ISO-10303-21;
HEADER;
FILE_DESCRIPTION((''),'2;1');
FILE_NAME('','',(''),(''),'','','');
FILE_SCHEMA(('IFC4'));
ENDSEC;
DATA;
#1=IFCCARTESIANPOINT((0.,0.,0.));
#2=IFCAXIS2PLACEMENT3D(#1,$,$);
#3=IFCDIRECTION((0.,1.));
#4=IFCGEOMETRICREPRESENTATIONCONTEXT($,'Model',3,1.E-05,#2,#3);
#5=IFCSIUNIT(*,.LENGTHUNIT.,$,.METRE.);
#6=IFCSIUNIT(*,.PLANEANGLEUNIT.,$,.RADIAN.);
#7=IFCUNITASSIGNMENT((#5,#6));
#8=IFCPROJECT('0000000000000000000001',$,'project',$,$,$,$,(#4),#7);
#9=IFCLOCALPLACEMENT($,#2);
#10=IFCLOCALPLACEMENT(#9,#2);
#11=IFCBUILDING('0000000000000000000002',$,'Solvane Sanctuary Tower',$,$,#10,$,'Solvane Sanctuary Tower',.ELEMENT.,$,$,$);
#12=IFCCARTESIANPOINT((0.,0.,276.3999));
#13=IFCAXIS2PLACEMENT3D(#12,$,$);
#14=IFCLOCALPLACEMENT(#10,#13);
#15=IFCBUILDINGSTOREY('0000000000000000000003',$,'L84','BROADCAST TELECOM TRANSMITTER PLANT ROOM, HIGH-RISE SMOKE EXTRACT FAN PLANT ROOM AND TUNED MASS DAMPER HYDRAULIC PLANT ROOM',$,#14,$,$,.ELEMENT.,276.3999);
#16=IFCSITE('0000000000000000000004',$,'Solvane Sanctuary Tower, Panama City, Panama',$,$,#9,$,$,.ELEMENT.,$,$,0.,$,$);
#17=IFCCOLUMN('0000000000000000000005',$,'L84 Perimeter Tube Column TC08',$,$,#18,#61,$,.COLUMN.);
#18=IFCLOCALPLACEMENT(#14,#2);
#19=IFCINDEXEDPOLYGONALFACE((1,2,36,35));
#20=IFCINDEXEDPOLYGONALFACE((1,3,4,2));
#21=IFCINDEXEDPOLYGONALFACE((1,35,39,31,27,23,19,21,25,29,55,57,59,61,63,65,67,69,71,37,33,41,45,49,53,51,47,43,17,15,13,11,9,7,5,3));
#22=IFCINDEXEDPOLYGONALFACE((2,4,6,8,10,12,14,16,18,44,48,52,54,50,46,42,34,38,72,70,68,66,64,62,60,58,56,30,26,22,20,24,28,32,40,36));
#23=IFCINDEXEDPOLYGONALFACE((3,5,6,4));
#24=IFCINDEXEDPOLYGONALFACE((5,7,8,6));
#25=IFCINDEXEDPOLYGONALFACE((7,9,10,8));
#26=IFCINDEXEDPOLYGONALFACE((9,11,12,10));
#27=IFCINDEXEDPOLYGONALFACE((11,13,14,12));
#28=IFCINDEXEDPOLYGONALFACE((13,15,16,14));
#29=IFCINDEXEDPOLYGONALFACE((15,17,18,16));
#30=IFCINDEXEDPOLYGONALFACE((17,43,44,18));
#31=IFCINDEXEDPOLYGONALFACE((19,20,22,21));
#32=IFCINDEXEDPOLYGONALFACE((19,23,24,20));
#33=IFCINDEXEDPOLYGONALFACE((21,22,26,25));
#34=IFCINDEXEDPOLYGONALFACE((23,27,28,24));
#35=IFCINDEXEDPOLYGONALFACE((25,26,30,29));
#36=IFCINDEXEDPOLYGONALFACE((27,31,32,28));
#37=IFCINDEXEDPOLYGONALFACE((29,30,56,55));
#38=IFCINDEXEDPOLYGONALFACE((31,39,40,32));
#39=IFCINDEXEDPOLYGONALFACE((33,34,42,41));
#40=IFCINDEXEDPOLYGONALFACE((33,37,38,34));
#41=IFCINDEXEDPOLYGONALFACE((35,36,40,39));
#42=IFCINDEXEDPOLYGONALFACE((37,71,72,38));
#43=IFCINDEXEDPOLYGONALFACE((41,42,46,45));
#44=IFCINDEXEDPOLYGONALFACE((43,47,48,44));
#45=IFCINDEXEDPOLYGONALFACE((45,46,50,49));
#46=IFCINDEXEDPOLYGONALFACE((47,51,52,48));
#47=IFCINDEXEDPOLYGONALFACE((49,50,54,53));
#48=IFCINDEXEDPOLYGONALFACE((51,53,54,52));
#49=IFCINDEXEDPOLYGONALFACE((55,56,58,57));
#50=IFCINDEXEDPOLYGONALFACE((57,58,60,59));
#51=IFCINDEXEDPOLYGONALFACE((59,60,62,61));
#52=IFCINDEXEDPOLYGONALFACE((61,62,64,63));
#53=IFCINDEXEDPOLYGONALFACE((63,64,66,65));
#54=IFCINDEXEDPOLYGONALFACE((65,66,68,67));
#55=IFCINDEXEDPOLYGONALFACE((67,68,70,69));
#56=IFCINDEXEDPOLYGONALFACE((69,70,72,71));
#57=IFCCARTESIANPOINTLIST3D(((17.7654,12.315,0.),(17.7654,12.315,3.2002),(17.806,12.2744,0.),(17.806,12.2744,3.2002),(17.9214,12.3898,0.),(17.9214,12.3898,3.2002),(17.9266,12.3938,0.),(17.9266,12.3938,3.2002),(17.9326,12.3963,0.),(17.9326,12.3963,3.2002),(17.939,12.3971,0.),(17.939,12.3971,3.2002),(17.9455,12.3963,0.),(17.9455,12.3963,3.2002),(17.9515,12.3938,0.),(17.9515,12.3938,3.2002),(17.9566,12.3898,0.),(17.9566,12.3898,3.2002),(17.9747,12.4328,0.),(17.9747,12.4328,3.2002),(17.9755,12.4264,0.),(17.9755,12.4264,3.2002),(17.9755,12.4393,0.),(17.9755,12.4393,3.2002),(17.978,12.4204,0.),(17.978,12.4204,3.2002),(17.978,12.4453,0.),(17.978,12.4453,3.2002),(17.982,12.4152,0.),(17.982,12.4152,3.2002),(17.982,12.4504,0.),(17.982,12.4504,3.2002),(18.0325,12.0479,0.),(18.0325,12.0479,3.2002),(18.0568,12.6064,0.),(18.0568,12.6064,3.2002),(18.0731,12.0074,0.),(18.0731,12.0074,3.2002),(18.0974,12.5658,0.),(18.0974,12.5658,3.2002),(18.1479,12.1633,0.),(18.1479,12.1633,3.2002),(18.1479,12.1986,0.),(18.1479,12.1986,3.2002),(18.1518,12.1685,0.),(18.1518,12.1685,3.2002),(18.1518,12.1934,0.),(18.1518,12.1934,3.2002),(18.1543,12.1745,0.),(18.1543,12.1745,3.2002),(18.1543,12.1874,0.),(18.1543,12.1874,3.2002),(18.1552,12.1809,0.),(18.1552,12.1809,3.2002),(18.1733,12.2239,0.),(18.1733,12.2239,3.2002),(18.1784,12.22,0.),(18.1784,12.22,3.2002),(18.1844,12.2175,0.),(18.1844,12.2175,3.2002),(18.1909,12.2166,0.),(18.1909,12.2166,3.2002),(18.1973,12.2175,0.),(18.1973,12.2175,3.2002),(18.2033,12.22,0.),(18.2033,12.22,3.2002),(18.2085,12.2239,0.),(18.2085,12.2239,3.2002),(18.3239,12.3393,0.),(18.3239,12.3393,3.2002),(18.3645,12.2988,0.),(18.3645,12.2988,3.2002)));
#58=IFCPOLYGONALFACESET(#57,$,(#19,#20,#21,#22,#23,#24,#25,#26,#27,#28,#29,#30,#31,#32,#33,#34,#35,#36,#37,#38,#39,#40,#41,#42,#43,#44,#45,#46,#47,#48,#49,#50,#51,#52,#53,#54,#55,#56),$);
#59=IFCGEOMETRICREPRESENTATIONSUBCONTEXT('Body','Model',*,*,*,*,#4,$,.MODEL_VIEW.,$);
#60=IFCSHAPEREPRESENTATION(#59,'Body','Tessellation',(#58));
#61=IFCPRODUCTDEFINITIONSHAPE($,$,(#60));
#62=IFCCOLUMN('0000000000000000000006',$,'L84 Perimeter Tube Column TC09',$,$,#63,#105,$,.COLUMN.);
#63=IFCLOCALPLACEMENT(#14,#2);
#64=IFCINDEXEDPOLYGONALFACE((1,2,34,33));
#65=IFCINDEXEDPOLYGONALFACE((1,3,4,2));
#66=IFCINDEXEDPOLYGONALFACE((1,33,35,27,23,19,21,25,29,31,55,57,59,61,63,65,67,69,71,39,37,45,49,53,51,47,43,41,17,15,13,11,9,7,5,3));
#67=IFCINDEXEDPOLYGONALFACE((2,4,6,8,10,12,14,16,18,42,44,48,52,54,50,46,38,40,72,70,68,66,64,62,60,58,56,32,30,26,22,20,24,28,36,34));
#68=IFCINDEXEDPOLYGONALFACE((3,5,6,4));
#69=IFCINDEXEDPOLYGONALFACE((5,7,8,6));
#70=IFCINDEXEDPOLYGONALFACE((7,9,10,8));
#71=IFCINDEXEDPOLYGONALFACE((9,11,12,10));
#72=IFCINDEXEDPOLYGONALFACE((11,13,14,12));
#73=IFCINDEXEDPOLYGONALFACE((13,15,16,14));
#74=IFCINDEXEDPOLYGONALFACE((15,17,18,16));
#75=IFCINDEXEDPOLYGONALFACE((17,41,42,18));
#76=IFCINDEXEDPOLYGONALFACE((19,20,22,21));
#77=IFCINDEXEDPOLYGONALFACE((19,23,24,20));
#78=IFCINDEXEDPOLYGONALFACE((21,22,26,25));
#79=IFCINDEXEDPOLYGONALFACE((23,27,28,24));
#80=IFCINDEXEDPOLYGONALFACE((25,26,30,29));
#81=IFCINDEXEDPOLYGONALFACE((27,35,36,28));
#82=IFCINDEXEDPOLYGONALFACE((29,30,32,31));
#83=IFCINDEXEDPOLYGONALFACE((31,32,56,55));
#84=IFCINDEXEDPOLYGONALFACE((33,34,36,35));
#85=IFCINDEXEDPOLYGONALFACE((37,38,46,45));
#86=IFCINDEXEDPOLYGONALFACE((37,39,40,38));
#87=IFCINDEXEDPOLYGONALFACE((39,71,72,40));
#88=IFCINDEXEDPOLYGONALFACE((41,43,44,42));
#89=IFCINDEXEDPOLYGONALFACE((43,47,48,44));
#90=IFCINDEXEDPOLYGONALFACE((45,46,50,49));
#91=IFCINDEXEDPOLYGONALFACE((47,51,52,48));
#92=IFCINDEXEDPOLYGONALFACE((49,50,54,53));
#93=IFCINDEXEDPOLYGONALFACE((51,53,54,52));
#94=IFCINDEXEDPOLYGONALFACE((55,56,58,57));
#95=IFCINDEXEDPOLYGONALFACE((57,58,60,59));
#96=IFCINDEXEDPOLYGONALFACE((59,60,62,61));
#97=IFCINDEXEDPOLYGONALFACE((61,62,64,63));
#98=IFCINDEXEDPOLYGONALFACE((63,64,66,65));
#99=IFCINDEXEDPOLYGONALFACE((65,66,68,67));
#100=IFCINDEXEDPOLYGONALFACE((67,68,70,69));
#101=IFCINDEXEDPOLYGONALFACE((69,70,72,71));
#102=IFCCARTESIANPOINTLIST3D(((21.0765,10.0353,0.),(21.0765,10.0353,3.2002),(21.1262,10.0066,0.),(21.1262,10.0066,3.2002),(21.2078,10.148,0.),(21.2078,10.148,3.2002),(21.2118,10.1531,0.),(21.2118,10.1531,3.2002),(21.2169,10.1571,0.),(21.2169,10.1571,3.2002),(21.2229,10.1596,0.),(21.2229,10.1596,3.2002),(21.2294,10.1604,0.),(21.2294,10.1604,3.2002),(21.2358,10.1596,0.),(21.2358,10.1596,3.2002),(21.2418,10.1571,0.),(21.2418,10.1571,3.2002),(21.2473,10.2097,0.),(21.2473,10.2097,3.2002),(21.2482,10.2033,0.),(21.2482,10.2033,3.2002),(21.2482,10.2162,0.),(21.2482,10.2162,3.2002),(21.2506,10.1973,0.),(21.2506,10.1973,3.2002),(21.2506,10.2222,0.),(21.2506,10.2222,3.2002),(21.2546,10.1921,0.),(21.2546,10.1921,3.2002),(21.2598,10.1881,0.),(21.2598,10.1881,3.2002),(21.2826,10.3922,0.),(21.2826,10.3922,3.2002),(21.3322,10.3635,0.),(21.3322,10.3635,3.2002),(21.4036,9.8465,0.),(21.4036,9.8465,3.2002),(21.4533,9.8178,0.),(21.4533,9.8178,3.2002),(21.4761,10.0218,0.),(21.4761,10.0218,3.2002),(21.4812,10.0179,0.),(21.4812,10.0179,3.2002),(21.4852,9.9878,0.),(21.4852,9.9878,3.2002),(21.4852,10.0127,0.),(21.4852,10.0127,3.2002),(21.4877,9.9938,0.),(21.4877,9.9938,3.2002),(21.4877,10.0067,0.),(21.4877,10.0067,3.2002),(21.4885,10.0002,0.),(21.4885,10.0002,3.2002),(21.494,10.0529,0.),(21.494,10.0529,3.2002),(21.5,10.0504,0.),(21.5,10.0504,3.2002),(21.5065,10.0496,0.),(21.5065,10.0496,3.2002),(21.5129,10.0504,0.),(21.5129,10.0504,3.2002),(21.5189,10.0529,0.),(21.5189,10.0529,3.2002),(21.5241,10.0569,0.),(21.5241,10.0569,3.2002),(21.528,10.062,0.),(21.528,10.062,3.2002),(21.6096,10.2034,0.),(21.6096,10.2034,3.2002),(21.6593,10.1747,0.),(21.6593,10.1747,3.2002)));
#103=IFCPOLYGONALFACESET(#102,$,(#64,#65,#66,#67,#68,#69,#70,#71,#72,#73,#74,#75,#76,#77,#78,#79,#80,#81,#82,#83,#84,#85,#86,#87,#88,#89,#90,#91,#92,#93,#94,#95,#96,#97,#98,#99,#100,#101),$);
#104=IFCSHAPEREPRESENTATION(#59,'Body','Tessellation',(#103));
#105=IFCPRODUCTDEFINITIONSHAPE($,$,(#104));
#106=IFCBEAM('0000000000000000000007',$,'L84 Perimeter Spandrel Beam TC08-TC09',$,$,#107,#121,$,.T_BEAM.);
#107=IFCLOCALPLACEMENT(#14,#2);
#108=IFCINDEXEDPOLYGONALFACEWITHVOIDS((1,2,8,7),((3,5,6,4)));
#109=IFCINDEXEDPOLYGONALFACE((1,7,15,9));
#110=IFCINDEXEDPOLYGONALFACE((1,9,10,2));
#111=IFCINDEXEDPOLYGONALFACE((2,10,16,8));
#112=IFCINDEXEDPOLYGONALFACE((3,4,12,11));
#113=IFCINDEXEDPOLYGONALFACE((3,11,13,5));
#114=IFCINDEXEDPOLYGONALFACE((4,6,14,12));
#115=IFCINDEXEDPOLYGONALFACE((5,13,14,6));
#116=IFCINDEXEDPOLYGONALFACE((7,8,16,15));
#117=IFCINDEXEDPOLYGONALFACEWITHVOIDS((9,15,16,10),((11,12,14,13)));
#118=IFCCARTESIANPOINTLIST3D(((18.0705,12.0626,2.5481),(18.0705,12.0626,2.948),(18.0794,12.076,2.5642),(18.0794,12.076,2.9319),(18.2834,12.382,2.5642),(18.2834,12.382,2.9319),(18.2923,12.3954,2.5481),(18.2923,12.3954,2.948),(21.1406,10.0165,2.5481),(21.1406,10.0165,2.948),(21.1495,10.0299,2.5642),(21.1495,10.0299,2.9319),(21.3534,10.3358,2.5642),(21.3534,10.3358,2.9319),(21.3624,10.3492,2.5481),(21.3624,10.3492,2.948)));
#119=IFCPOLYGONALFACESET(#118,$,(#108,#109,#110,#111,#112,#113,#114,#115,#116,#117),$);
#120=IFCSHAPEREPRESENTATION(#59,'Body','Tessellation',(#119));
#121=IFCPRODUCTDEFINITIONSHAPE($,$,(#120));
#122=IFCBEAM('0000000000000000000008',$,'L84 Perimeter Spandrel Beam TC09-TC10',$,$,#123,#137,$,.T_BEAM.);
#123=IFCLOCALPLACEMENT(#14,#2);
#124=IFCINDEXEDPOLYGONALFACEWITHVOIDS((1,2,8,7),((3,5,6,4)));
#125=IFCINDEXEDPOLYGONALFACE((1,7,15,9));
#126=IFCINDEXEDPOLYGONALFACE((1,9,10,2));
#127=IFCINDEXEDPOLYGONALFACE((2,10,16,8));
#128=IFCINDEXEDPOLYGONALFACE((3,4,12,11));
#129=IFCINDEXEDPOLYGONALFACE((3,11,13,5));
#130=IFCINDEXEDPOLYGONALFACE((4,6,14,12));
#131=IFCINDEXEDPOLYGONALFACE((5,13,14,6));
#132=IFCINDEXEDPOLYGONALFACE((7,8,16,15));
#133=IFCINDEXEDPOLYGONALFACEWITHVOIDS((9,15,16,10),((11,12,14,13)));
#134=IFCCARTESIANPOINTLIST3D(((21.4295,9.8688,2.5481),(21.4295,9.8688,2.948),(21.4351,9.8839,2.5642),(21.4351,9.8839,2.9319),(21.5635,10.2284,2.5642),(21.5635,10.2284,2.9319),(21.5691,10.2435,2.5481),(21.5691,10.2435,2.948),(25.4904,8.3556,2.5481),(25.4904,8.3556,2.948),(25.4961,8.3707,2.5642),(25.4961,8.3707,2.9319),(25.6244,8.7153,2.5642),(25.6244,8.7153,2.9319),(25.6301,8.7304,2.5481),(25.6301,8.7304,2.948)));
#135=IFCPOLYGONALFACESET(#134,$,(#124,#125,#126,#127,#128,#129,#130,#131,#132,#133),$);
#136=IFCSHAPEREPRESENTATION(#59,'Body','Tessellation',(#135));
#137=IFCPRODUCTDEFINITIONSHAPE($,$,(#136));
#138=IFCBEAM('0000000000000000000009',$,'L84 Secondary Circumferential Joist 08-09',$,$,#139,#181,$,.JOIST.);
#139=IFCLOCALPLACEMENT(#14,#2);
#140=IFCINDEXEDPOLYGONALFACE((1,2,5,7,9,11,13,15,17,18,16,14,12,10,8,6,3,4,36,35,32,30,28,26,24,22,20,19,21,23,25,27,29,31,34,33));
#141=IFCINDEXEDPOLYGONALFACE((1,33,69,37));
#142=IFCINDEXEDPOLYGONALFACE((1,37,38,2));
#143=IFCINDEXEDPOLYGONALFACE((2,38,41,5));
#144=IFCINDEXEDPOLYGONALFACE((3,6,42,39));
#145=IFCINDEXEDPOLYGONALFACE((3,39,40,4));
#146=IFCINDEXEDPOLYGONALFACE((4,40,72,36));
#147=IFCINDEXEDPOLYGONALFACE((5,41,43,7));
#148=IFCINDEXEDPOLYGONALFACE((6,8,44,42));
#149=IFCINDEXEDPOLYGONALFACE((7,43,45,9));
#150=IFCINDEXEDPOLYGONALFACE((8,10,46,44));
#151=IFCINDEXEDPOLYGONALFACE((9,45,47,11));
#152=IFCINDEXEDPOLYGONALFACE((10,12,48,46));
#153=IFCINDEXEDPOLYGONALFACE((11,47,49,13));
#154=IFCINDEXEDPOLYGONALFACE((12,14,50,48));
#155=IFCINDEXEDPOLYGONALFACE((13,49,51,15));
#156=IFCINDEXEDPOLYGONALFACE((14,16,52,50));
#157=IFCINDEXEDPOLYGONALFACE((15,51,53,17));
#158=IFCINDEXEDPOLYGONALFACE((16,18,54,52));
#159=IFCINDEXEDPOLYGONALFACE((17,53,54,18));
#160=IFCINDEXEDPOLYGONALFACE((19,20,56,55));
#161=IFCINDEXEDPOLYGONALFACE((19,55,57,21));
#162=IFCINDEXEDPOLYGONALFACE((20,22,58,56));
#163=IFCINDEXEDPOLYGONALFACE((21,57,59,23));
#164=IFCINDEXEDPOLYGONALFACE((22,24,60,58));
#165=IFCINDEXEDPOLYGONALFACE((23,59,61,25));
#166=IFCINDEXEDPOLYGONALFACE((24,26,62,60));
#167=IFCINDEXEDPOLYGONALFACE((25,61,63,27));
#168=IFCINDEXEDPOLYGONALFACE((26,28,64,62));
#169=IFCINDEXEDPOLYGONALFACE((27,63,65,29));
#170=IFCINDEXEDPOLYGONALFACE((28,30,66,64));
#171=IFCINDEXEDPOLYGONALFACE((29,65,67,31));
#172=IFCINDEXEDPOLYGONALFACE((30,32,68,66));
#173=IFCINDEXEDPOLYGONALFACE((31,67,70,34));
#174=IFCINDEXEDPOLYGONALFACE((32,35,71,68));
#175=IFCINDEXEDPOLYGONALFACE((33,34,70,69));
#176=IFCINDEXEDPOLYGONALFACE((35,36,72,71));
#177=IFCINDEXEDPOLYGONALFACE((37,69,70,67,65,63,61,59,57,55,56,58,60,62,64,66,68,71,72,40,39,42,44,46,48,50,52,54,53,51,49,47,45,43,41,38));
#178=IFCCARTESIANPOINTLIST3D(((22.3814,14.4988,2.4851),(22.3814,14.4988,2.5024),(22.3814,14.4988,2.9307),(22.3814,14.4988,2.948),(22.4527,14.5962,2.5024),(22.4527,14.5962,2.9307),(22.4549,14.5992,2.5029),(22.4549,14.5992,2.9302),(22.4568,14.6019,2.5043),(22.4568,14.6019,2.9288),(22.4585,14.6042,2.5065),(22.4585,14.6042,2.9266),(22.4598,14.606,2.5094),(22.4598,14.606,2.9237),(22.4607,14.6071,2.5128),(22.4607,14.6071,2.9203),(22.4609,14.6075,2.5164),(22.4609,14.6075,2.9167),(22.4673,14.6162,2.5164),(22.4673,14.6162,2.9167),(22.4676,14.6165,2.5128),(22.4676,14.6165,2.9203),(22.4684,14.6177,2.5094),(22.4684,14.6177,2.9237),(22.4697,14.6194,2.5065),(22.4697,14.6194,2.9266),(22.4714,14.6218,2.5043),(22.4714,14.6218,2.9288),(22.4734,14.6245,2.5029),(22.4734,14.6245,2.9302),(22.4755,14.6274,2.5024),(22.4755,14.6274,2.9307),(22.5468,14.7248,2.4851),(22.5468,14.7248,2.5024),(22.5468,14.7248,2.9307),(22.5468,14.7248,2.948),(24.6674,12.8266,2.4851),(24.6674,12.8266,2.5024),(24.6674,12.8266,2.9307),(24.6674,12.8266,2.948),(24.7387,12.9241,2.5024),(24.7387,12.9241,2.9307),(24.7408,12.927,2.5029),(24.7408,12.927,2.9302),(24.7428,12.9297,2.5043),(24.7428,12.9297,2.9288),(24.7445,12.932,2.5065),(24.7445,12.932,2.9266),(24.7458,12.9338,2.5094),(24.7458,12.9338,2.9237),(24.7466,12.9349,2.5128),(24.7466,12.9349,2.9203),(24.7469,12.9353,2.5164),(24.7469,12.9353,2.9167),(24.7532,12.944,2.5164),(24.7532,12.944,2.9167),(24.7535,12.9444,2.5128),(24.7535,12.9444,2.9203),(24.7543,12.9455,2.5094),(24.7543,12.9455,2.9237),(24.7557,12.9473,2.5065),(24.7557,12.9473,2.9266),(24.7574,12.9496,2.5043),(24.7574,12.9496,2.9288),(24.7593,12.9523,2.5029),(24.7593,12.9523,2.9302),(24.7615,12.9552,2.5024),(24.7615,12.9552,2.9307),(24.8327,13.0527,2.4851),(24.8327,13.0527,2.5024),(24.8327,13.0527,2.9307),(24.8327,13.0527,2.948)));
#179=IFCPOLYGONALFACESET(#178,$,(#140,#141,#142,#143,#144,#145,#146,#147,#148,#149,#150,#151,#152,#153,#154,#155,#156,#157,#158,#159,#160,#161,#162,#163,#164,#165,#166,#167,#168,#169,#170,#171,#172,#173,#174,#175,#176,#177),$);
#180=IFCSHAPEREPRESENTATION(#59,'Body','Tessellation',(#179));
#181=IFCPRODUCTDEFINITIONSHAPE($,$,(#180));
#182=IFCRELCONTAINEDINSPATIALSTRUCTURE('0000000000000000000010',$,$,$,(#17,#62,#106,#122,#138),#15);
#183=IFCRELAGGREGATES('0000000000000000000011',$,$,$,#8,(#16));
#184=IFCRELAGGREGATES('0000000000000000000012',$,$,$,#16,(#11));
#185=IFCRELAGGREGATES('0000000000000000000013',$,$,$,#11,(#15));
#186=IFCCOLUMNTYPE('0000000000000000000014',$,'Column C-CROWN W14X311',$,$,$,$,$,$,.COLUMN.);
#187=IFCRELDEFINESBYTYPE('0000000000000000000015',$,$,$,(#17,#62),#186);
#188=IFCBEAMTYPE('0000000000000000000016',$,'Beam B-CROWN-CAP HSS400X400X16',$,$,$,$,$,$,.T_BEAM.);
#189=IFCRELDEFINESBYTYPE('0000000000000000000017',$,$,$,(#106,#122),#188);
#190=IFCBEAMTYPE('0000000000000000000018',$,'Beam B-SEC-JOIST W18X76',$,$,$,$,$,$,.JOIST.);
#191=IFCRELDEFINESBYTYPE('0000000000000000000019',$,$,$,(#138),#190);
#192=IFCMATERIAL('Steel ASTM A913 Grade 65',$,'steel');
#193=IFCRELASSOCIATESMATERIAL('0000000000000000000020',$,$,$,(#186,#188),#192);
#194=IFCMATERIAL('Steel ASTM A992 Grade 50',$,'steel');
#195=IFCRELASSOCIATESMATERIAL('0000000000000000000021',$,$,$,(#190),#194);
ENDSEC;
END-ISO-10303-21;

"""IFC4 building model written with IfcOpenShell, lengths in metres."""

from ifc_helpers import new_model, si_unit, direction, frame, origin, origin_2d, place, context, subcontext, project, spatial, hollow_rectangle, i_section, extrude, material, material_profile, profile_set, type_object, element, save


model = new_model("IFC4")

# Units and contexts
model_context = context("Model", 3, precision=1e-05, world=origin(), true_north=direction((0.0, 1.0)))
body_context = subcontext(model_context, "Body", "Model", "MODEL_VIEW")
ifc_project = project(units=[si_unit("LENGTHUNIT", "METRE"), si_unit("PLANEANGLEUNIT", "RADIAN")], contexts=[model_context])

# Site, building, storey
site_placement = place(None, origin())
site = spatial("IfcSite", under=ifc_project, at=site_placement, Name="Solvane Sanctuary Tower, Panama City, Panama", CompositionType="ELEMENT", RefElevation=0.0)
building_placement = place(site_placement, origin())
building = spatial("IfcBuilding", under=site, at=building_placement, Name="Solvane Sanctuary Tower", LongName="Solvane Sanctuary Tower", CompositionType="ELEMENT")
storey_placement = place(building_placement, frame((0.0, 0.0, 276.3999)))
storey = spatial("IfcBuildingStorey", under=building, at=storey_placement, Name="L84", Description="BROADCAST TELECOM TRANSMITTER PLANT ROOM, HIGH-RISE SMOKE EXTRACT FAN PLANT ROOM AND TUNED MASS DAMPER HYDRAULIC PLANT ROOM", CompositionType="ELEMENT", Elevation=276.3999)

# Columns
ifc_material_1 = material(Name="Steel ASTM A913 Grade 65", Category="steel")
ifc_material_profile_1 = material_profile(ifc_material_1, i_section(OverallWidth=0.4121, OverallDepth=0.4351, WebThickness=0.0359, FlangeThickness=0.0574, FilletRadius=0.0249, at=origin_2d()), Name="W14X311")
ifc_profile_set_1 = profile_set([ifc_material_profile_1], Name="Steel ASTM A913 Grade 65")
column_type = type_object("IfcColumnType", Name="Column C-CROWN W14X311", PredefinedType="COLUMN", material=ifc_profile_set_1)
for number, where, z_axis, x_axis, name in (
    (1, (18.0649, 12.3069, 0.0), (0.0, 0.0, 1.0), (-0.707107, -0.707107, 0.0), "L84 Perimeter Tube Column TC08"),
    (2, (21.3679, 10.105, 0.0), (0.0, 0.0, 1.0), (-0.5, -0.866025, 0.0), "L84 Perimeter Tube Column TC09"),
):
    element("IfcColumn", number, at=place(storey_placement, frame(where, z_axis=z_axis, x_axis=x_axis)), inside=storey, type_object=column_type, Name=name, PredefinedType="COLUMN", context=body_context, shape_type="SweptSolid", body=[
        extrude(i_section(OverallWidth=0.4121, OverallDepth=0.4351, WebThickness=0.0359, FlangeThickness=0.0574, FilletRadius=0.0249, at=origin_2d()), origin(), (0.0, 0.0, 1.0), 3.2002),
    ])

# Beams
ifc_material_profile_2 = material_profile(ifc_material_1, hollow_rectangle(XDim=0.3999, YDim=0.3999, WallThickness=0.0161, at=origin_2d()), Name="HSS400X400X16")
ifc_profile_set_2 = profile_set([ifc_material_profile_2], Name="Steel ASTM A913 Grade 65")
beam_type_1 = type_object("IfcBeamType", Name="Beam B-CROWN-CAP HSS400X400X16", PredefinedType="T_BEAM", material=ifc_profile_set_2)
beam_1_placement = place(storey_placement, frame((18.1814, 12.229, 2.748), z_axis=(0.832122, -0.554593, 0.0), x_axis=(0.554593, 0.832122, 0.0)))
element("IfcBeam", 3, at=beam_1_placement, inside=storey, type_object=beam_type_1, Name="L84 Perimeter Spandrel Beam TC08-TC09", PredefinedType="T_BEAM", context=body_context, shape_type="SweptSolid", body=[
    extrude(hollow_rectangle(XDim=0.3999, YDim=0.3999, WallThickness=0.0161, at=origin_2d()), origin(), (0.0, 0.0, 1.0), 3.6895),
])
beam_2_placement = place(storey_placement, frame((21.4993, 10.0562, 2.748), z_axis=(0.937063, -0.349159, 0.0), x_axis=(0.349159, 0.937063, 0.0)))
element("IfcBeam", 4, at=beam_2_placement, inside=storey, type_object=beam_type_1, Name="L84 Perimeter Spandrel Beam TC09-TC10", PredefinedType="T_BEAM", context=body_context, shape_type="SweptSolid", body=[
    extrude(hollow_rectangle(XDim=0.3999, YDim=0.3999, WallThickness=0.0161, at=origin_2d()), origin(), (0.0, 0.0, 1.0), 4.3337),
])
ifc_material_2 = material(Name="Steel ASTM A992 Grade 50", Category="steel")
ifc_material_profile_3 = material_profile(ifc_material_2, i_section(OverallWidth=0.28, OverallDepth=0.4629, WebThickness=0.0107, FlangeThickness=0.0173, FilletRadius=0.0139, at=origin_2d()), Name="W18X76")
ifc_profile_set_3 = profile_set([ifc_material_profile_3], Name="Steel ASTM A992 Grade 50")
beam_type_2 = type_object("IfcBeamType", Name="Beam B-SEC-JOIST W18X76", PredefinedType="JOIST", material=ifc_profile_set_3)
beam_3_placement = place(storey_placement, frame((22.4641, 14.6118, 2.7166), z_axis=(0.807111, -0.590399, 0.0), x_axis=(0.590399, 0.807111, 0.0)))
element("IfcBeam", 5, at=beam_3_placement, inside=storey, type_object=beam_type_2, Name="L84 Secondary Circumferential Joist 08-09", PredefinedType="JOIST", context=body_context, shape_type="SweptSolid", body=[
    extrude(i_section(OverallWidth=0.28, OverallDepth=0.4629, WebThickness=0.0107, FlangeThickness=0.0173, FilletRadius=0.0139, at=origin_2d()), origin(), (0.0, 0.0, 1.0), 2.8323),
])

save(model, "model.ifc")
